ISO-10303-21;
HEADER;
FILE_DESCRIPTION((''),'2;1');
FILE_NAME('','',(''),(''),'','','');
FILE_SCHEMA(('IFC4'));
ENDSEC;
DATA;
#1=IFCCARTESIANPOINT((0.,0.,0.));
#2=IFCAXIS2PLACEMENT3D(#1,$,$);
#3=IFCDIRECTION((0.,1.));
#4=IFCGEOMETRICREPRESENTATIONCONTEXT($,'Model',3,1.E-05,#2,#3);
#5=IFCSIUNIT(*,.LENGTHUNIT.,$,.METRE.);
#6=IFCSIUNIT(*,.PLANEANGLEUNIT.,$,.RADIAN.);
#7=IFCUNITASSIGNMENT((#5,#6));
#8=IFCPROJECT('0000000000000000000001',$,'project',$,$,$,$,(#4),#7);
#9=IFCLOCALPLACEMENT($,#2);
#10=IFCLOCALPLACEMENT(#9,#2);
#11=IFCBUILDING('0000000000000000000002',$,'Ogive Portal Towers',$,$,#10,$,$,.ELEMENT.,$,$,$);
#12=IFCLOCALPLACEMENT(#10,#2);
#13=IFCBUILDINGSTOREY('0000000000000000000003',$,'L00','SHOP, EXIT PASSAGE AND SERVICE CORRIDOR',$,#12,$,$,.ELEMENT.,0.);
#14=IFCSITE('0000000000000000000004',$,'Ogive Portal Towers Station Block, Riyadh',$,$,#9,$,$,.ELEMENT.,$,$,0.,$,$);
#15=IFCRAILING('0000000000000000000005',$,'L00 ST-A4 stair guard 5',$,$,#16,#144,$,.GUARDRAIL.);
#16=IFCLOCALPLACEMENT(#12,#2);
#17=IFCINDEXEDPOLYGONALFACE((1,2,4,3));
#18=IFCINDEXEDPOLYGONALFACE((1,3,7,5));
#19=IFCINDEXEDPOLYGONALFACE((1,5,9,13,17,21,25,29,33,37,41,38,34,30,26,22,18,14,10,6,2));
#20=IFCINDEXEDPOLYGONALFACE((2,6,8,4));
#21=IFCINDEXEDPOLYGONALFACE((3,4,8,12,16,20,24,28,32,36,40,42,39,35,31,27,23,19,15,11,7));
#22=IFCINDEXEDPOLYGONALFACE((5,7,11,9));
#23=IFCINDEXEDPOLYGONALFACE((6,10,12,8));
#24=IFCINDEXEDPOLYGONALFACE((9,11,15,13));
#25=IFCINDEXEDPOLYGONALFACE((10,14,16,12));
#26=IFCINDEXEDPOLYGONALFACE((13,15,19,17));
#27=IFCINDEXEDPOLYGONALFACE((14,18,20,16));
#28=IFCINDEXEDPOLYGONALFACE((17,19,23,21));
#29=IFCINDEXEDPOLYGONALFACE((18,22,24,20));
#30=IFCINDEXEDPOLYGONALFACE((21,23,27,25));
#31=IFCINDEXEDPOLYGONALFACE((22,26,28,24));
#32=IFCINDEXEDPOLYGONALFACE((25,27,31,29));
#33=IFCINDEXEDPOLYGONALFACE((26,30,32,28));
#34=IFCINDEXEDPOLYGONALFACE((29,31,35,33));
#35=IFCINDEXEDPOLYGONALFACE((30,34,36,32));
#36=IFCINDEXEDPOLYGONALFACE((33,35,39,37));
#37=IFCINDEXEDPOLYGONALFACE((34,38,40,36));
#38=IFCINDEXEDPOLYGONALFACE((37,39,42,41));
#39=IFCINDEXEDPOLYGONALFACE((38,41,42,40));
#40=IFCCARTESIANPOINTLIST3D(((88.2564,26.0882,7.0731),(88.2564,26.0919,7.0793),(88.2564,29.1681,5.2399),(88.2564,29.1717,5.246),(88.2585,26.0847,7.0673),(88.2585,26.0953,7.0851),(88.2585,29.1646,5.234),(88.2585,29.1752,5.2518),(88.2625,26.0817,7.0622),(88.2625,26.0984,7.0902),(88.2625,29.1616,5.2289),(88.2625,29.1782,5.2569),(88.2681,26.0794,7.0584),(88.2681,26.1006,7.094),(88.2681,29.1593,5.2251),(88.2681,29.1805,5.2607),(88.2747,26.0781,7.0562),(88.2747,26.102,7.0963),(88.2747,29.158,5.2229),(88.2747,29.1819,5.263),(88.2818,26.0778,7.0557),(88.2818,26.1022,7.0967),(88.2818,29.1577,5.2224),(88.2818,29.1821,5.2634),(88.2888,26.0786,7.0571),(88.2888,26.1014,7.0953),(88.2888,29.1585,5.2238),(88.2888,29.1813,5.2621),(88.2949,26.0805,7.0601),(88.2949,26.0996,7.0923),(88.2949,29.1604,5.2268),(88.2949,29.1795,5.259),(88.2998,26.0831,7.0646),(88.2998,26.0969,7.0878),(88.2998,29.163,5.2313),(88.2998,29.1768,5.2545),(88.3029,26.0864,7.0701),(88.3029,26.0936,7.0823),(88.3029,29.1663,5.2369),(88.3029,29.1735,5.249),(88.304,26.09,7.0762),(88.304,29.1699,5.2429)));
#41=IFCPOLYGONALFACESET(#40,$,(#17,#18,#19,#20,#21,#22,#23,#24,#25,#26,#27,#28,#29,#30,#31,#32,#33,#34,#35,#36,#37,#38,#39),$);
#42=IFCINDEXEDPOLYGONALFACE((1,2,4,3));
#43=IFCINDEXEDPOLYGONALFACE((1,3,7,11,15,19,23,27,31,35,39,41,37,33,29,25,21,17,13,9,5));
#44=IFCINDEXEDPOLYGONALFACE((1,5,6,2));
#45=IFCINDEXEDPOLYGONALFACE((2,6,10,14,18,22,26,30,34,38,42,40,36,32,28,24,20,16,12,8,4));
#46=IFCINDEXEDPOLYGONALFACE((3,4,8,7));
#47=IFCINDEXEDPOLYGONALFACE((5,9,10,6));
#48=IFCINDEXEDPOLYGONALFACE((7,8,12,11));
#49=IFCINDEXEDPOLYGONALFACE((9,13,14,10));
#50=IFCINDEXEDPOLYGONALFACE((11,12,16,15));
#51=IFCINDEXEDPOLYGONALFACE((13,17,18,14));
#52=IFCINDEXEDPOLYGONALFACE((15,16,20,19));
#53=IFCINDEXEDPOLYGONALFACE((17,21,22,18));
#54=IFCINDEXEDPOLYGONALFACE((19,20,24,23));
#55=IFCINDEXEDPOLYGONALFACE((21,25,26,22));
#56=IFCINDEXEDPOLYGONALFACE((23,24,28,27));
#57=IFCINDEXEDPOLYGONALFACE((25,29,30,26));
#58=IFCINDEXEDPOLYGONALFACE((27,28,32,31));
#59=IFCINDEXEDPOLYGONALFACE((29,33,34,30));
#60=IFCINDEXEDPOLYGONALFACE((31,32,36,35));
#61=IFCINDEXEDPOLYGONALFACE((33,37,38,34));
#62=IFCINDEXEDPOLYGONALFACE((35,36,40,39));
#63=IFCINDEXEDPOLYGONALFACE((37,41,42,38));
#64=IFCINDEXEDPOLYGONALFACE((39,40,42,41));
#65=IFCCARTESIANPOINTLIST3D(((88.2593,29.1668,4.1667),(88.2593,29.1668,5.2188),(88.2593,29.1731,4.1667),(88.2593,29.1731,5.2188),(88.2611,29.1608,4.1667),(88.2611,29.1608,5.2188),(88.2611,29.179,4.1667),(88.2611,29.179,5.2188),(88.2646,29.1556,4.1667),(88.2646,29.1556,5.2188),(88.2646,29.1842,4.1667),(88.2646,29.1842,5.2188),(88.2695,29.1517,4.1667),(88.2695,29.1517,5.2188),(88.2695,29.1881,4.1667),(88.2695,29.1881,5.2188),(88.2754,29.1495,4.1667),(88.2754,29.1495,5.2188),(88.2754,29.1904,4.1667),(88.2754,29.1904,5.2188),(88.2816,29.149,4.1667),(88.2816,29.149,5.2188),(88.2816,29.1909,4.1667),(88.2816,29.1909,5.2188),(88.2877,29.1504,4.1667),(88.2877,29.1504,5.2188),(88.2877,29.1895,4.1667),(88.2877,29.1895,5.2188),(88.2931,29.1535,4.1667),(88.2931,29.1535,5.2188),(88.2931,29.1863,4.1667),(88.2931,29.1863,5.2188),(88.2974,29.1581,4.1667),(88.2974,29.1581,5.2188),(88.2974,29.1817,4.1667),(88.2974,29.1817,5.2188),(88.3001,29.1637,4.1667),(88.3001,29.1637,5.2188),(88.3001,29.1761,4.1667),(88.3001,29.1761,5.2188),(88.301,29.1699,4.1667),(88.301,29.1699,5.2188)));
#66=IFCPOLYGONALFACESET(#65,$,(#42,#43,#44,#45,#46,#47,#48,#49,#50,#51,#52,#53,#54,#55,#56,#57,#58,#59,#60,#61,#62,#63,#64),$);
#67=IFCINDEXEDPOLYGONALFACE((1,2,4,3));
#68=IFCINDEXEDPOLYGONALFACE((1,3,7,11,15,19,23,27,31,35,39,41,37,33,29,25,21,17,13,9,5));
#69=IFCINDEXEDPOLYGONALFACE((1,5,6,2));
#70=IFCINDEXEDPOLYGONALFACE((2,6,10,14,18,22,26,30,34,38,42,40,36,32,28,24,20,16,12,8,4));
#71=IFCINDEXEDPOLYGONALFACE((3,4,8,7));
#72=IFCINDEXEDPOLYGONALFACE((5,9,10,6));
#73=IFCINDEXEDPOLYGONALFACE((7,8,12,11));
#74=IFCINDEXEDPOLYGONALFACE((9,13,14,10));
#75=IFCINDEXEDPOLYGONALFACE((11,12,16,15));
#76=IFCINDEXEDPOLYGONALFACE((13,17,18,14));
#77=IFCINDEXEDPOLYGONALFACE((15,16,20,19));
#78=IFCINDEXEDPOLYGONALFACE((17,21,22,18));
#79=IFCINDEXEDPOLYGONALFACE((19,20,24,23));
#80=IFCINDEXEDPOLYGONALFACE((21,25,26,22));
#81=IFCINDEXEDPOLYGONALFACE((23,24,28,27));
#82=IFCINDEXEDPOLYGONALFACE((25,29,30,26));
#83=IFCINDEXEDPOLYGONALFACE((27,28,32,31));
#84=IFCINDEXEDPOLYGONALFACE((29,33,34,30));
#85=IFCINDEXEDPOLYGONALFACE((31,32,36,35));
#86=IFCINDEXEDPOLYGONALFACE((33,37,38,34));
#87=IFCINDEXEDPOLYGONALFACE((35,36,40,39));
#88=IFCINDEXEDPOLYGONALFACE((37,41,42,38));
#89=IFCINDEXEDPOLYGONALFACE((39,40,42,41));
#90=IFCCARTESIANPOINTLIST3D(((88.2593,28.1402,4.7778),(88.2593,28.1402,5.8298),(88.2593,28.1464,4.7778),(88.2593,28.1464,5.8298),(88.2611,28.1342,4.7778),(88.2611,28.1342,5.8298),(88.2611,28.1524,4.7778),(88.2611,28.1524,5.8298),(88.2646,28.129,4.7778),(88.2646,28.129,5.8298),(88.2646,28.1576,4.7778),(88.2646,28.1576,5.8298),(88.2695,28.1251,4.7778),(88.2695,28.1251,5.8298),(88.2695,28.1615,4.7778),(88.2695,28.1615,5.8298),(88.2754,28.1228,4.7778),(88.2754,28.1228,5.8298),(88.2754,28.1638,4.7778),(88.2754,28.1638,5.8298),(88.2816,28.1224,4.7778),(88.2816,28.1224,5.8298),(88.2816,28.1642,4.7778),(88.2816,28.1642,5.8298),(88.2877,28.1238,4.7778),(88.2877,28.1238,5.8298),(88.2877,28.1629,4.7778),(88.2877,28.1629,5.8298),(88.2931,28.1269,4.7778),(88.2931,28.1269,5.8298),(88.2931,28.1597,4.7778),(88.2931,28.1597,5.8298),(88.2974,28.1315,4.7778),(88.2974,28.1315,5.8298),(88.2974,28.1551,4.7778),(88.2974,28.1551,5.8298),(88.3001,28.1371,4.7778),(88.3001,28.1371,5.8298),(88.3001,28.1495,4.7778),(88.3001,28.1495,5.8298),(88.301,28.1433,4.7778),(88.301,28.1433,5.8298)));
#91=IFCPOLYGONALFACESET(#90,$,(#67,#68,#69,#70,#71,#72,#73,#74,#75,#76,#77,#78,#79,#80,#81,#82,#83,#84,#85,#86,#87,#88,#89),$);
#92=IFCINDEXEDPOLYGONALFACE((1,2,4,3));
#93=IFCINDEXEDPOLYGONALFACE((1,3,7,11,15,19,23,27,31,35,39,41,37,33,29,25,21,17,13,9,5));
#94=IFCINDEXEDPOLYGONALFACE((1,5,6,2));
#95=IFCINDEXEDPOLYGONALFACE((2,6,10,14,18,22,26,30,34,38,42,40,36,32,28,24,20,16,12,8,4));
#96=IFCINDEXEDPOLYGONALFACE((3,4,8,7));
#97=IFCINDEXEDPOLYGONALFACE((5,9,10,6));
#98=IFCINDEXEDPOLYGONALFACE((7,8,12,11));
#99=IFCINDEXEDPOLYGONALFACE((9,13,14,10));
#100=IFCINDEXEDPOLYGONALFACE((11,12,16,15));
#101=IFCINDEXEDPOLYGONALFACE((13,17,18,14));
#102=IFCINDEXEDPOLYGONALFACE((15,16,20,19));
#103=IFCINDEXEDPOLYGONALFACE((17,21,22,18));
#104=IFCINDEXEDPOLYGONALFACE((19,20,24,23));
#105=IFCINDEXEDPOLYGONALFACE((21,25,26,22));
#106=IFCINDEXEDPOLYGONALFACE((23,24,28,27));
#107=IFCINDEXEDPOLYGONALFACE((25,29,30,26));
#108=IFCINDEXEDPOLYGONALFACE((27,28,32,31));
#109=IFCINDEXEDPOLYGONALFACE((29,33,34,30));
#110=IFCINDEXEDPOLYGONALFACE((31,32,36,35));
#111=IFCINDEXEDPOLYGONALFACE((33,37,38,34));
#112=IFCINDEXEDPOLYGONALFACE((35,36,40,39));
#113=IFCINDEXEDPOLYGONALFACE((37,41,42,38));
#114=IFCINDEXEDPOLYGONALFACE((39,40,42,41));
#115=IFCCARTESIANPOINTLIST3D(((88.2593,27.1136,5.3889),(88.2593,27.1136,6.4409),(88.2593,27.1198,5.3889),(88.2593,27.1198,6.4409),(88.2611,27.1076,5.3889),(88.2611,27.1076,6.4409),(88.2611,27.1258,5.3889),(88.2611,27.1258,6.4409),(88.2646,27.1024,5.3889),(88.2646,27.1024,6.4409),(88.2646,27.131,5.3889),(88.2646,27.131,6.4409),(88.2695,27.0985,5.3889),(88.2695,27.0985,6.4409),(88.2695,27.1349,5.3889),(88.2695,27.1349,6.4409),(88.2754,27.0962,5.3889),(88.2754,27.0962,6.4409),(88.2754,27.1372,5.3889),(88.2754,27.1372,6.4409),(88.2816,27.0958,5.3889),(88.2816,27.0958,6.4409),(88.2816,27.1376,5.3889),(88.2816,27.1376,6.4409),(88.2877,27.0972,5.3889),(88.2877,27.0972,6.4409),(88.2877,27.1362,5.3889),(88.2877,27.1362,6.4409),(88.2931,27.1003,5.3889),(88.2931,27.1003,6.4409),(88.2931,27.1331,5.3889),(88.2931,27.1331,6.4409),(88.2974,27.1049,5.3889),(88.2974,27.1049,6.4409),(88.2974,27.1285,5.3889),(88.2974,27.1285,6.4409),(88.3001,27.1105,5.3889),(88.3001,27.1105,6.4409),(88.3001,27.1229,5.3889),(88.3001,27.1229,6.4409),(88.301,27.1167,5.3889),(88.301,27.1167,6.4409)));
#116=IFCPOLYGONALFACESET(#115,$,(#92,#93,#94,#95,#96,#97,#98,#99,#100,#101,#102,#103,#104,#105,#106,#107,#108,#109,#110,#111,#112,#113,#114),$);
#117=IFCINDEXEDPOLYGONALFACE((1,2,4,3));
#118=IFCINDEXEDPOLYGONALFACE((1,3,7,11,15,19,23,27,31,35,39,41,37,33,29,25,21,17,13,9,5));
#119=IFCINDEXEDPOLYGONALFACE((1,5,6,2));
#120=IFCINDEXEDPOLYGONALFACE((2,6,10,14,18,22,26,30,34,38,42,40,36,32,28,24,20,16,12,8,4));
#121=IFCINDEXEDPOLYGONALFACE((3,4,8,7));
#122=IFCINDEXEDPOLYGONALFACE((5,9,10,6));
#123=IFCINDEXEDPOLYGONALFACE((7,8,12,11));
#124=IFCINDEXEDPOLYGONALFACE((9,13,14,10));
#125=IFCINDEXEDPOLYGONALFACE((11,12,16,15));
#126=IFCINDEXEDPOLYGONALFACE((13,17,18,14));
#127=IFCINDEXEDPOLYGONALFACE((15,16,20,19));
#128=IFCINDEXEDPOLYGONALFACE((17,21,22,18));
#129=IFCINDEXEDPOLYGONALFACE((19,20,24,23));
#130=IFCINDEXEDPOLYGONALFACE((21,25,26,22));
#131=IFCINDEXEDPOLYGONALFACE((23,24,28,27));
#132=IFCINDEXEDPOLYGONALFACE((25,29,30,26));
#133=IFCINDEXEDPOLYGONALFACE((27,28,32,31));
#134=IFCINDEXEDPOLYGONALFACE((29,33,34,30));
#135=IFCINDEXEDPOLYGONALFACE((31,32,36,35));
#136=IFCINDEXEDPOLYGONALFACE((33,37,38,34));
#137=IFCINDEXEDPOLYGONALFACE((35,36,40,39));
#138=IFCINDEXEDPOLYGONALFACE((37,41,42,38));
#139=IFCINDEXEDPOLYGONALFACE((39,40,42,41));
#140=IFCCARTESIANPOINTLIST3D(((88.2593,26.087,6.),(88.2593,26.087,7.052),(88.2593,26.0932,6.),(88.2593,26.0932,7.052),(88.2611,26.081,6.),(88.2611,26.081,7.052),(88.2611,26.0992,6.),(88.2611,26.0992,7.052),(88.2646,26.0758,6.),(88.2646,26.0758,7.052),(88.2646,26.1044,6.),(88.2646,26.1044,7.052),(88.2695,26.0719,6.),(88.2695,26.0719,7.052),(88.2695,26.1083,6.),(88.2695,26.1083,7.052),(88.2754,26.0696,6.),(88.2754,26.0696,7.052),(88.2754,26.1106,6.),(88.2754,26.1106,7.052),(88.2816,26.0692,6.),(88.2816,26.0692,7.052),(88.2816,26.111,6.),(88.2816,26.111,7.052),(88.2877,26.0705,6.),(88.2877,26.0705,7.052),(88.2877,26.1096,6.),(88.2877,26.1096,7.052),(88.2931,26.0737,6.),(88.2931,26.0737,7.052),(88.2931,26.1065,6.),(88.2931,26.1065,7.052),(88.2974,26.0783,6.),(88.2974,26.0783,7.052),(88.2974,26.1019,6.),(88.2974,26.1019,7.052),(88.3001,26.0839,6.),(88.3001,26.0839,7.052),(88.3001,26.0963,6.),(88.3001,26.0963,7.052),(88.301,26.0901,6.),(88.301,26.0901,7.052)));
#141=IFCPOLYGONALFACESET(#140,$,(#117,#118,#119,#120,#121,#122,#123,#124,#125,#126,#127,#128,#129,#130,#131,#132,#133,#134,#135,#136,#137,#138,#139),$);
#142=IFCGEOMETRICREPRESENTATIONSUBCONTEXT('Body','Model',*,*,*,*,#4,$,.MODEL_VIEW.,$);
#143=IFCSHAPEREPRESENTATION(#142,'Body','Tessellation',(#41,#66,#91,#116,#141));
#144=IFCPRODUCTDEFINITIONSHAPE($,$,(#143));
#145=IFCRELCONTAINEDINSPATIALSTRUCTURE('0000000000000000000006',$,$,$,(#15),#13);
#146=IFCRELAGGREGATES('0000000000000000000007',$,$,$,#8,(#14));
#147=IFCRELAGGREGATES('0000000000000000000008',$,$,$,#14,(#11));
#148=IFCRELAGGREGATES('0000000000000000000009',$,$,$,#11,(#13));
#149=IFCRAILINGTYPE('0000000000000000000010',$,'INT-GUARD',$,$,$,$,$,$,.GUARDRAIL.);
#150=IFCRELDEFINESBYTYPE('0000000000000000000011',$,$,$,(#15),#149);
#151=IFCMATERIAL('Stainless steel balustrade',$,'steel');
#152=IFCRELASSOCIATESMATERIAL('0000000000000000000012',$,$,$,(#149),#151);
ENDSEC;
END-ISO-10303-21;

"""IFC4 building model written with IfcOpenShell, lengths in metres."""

from ifc_helpers import new_model, si_unit, direction, frame, origin, origin_2d, place, context, subcontext, project, spatial, circle, extrude, material, type_object, element, save


model = new_model("IFC4")

# Units and contexts
model_context = context("Model", 3, precision=1e-05, world=origin(), true_north=direction((0.0, 1.0)))
body_context = subcontext(model_context, "Body", "Model", "MODEL_VIEW")
ifc_project = project(units=[si_unit("LENGTHUNIT", "METRE"), si_unit("PLANEANGLEUNIT", "RADIAN")], contexts=[model_context])

# Site, building, storey
site_placement = place(None, origin())
site = spatial("IfcSite", under=ifc_project, at=site_placement, Name="Ogive Portal Towers Station Block, Riyadh", CompositionType="ELEMENT", RefElevation=0.0)
building_placement = place(site_placement, origin())
building = spatial("IfcBuilding", under=site, at=building_placement, Name="Ogive Portal Towers", CompositionType="ELEMENT")
storey_placement = place(building_placement, origin())
storey = spatial("IfcBuildingStorey", under=building, at=storey_placement, Name="L00", Description="SHOP, EXIT PASSAGE AND SERVICE CORRIDOR", CompositionType="ELEMENT", Elevation=0.0)

# Railing
ifc_material_1 = material(Name="Stainless steel balustrade", Category="steel")
railing_type_1 = type_object("IfcRailingType", Name="INT-GUARD", PredefinedType="GUARDRAIL", material=ifc_material_1)
railing_1_placement = place(storey_placement, frame((88.28, 29.1699, 4.1667)))
element("IfcRailing", 1, at=railing_1_placement, inside=storey, type_object=railing_type_1, Name="L00 ST-A4 stair guard 5", PredefinedType="GUARDRAIL", context=body_context, shape_type="SweptSolid", body=[
    extrude(circle(Radius=0.0239, at=origin_2d()), frame((0.0, 0.0, 1.0762), z_axis=(0.0, -0.859291, 0.511487), x_axis=(1.0, 0.0, 0.0)), (0.0, 0.0, 1.0), 3.5842),
    extrude(circle(Radius=0.021, at=origin_2d()), origin(), (0.0, 0.0, 1.0), 1.052),
    extrude(circle(Radius=0.021, at=origin_2d()), frame((0.0, -1.0266, 0.6111)), (0.0, 0.0, 1.0), 1.052),
    extrude(circle(Radius=0.021, at=origin_2d()), frame((0.0, -2.0532, 1.2222)), (0.0, 0.0, 1.0), 1.052),
    extrude(circle(Radius=0.021, at=origin_2d()), frame((0.0, -3.0798, 1.8333)), (0.0, 0.0, 1.0), 1.052),
])

save(model, "model.ifc")
